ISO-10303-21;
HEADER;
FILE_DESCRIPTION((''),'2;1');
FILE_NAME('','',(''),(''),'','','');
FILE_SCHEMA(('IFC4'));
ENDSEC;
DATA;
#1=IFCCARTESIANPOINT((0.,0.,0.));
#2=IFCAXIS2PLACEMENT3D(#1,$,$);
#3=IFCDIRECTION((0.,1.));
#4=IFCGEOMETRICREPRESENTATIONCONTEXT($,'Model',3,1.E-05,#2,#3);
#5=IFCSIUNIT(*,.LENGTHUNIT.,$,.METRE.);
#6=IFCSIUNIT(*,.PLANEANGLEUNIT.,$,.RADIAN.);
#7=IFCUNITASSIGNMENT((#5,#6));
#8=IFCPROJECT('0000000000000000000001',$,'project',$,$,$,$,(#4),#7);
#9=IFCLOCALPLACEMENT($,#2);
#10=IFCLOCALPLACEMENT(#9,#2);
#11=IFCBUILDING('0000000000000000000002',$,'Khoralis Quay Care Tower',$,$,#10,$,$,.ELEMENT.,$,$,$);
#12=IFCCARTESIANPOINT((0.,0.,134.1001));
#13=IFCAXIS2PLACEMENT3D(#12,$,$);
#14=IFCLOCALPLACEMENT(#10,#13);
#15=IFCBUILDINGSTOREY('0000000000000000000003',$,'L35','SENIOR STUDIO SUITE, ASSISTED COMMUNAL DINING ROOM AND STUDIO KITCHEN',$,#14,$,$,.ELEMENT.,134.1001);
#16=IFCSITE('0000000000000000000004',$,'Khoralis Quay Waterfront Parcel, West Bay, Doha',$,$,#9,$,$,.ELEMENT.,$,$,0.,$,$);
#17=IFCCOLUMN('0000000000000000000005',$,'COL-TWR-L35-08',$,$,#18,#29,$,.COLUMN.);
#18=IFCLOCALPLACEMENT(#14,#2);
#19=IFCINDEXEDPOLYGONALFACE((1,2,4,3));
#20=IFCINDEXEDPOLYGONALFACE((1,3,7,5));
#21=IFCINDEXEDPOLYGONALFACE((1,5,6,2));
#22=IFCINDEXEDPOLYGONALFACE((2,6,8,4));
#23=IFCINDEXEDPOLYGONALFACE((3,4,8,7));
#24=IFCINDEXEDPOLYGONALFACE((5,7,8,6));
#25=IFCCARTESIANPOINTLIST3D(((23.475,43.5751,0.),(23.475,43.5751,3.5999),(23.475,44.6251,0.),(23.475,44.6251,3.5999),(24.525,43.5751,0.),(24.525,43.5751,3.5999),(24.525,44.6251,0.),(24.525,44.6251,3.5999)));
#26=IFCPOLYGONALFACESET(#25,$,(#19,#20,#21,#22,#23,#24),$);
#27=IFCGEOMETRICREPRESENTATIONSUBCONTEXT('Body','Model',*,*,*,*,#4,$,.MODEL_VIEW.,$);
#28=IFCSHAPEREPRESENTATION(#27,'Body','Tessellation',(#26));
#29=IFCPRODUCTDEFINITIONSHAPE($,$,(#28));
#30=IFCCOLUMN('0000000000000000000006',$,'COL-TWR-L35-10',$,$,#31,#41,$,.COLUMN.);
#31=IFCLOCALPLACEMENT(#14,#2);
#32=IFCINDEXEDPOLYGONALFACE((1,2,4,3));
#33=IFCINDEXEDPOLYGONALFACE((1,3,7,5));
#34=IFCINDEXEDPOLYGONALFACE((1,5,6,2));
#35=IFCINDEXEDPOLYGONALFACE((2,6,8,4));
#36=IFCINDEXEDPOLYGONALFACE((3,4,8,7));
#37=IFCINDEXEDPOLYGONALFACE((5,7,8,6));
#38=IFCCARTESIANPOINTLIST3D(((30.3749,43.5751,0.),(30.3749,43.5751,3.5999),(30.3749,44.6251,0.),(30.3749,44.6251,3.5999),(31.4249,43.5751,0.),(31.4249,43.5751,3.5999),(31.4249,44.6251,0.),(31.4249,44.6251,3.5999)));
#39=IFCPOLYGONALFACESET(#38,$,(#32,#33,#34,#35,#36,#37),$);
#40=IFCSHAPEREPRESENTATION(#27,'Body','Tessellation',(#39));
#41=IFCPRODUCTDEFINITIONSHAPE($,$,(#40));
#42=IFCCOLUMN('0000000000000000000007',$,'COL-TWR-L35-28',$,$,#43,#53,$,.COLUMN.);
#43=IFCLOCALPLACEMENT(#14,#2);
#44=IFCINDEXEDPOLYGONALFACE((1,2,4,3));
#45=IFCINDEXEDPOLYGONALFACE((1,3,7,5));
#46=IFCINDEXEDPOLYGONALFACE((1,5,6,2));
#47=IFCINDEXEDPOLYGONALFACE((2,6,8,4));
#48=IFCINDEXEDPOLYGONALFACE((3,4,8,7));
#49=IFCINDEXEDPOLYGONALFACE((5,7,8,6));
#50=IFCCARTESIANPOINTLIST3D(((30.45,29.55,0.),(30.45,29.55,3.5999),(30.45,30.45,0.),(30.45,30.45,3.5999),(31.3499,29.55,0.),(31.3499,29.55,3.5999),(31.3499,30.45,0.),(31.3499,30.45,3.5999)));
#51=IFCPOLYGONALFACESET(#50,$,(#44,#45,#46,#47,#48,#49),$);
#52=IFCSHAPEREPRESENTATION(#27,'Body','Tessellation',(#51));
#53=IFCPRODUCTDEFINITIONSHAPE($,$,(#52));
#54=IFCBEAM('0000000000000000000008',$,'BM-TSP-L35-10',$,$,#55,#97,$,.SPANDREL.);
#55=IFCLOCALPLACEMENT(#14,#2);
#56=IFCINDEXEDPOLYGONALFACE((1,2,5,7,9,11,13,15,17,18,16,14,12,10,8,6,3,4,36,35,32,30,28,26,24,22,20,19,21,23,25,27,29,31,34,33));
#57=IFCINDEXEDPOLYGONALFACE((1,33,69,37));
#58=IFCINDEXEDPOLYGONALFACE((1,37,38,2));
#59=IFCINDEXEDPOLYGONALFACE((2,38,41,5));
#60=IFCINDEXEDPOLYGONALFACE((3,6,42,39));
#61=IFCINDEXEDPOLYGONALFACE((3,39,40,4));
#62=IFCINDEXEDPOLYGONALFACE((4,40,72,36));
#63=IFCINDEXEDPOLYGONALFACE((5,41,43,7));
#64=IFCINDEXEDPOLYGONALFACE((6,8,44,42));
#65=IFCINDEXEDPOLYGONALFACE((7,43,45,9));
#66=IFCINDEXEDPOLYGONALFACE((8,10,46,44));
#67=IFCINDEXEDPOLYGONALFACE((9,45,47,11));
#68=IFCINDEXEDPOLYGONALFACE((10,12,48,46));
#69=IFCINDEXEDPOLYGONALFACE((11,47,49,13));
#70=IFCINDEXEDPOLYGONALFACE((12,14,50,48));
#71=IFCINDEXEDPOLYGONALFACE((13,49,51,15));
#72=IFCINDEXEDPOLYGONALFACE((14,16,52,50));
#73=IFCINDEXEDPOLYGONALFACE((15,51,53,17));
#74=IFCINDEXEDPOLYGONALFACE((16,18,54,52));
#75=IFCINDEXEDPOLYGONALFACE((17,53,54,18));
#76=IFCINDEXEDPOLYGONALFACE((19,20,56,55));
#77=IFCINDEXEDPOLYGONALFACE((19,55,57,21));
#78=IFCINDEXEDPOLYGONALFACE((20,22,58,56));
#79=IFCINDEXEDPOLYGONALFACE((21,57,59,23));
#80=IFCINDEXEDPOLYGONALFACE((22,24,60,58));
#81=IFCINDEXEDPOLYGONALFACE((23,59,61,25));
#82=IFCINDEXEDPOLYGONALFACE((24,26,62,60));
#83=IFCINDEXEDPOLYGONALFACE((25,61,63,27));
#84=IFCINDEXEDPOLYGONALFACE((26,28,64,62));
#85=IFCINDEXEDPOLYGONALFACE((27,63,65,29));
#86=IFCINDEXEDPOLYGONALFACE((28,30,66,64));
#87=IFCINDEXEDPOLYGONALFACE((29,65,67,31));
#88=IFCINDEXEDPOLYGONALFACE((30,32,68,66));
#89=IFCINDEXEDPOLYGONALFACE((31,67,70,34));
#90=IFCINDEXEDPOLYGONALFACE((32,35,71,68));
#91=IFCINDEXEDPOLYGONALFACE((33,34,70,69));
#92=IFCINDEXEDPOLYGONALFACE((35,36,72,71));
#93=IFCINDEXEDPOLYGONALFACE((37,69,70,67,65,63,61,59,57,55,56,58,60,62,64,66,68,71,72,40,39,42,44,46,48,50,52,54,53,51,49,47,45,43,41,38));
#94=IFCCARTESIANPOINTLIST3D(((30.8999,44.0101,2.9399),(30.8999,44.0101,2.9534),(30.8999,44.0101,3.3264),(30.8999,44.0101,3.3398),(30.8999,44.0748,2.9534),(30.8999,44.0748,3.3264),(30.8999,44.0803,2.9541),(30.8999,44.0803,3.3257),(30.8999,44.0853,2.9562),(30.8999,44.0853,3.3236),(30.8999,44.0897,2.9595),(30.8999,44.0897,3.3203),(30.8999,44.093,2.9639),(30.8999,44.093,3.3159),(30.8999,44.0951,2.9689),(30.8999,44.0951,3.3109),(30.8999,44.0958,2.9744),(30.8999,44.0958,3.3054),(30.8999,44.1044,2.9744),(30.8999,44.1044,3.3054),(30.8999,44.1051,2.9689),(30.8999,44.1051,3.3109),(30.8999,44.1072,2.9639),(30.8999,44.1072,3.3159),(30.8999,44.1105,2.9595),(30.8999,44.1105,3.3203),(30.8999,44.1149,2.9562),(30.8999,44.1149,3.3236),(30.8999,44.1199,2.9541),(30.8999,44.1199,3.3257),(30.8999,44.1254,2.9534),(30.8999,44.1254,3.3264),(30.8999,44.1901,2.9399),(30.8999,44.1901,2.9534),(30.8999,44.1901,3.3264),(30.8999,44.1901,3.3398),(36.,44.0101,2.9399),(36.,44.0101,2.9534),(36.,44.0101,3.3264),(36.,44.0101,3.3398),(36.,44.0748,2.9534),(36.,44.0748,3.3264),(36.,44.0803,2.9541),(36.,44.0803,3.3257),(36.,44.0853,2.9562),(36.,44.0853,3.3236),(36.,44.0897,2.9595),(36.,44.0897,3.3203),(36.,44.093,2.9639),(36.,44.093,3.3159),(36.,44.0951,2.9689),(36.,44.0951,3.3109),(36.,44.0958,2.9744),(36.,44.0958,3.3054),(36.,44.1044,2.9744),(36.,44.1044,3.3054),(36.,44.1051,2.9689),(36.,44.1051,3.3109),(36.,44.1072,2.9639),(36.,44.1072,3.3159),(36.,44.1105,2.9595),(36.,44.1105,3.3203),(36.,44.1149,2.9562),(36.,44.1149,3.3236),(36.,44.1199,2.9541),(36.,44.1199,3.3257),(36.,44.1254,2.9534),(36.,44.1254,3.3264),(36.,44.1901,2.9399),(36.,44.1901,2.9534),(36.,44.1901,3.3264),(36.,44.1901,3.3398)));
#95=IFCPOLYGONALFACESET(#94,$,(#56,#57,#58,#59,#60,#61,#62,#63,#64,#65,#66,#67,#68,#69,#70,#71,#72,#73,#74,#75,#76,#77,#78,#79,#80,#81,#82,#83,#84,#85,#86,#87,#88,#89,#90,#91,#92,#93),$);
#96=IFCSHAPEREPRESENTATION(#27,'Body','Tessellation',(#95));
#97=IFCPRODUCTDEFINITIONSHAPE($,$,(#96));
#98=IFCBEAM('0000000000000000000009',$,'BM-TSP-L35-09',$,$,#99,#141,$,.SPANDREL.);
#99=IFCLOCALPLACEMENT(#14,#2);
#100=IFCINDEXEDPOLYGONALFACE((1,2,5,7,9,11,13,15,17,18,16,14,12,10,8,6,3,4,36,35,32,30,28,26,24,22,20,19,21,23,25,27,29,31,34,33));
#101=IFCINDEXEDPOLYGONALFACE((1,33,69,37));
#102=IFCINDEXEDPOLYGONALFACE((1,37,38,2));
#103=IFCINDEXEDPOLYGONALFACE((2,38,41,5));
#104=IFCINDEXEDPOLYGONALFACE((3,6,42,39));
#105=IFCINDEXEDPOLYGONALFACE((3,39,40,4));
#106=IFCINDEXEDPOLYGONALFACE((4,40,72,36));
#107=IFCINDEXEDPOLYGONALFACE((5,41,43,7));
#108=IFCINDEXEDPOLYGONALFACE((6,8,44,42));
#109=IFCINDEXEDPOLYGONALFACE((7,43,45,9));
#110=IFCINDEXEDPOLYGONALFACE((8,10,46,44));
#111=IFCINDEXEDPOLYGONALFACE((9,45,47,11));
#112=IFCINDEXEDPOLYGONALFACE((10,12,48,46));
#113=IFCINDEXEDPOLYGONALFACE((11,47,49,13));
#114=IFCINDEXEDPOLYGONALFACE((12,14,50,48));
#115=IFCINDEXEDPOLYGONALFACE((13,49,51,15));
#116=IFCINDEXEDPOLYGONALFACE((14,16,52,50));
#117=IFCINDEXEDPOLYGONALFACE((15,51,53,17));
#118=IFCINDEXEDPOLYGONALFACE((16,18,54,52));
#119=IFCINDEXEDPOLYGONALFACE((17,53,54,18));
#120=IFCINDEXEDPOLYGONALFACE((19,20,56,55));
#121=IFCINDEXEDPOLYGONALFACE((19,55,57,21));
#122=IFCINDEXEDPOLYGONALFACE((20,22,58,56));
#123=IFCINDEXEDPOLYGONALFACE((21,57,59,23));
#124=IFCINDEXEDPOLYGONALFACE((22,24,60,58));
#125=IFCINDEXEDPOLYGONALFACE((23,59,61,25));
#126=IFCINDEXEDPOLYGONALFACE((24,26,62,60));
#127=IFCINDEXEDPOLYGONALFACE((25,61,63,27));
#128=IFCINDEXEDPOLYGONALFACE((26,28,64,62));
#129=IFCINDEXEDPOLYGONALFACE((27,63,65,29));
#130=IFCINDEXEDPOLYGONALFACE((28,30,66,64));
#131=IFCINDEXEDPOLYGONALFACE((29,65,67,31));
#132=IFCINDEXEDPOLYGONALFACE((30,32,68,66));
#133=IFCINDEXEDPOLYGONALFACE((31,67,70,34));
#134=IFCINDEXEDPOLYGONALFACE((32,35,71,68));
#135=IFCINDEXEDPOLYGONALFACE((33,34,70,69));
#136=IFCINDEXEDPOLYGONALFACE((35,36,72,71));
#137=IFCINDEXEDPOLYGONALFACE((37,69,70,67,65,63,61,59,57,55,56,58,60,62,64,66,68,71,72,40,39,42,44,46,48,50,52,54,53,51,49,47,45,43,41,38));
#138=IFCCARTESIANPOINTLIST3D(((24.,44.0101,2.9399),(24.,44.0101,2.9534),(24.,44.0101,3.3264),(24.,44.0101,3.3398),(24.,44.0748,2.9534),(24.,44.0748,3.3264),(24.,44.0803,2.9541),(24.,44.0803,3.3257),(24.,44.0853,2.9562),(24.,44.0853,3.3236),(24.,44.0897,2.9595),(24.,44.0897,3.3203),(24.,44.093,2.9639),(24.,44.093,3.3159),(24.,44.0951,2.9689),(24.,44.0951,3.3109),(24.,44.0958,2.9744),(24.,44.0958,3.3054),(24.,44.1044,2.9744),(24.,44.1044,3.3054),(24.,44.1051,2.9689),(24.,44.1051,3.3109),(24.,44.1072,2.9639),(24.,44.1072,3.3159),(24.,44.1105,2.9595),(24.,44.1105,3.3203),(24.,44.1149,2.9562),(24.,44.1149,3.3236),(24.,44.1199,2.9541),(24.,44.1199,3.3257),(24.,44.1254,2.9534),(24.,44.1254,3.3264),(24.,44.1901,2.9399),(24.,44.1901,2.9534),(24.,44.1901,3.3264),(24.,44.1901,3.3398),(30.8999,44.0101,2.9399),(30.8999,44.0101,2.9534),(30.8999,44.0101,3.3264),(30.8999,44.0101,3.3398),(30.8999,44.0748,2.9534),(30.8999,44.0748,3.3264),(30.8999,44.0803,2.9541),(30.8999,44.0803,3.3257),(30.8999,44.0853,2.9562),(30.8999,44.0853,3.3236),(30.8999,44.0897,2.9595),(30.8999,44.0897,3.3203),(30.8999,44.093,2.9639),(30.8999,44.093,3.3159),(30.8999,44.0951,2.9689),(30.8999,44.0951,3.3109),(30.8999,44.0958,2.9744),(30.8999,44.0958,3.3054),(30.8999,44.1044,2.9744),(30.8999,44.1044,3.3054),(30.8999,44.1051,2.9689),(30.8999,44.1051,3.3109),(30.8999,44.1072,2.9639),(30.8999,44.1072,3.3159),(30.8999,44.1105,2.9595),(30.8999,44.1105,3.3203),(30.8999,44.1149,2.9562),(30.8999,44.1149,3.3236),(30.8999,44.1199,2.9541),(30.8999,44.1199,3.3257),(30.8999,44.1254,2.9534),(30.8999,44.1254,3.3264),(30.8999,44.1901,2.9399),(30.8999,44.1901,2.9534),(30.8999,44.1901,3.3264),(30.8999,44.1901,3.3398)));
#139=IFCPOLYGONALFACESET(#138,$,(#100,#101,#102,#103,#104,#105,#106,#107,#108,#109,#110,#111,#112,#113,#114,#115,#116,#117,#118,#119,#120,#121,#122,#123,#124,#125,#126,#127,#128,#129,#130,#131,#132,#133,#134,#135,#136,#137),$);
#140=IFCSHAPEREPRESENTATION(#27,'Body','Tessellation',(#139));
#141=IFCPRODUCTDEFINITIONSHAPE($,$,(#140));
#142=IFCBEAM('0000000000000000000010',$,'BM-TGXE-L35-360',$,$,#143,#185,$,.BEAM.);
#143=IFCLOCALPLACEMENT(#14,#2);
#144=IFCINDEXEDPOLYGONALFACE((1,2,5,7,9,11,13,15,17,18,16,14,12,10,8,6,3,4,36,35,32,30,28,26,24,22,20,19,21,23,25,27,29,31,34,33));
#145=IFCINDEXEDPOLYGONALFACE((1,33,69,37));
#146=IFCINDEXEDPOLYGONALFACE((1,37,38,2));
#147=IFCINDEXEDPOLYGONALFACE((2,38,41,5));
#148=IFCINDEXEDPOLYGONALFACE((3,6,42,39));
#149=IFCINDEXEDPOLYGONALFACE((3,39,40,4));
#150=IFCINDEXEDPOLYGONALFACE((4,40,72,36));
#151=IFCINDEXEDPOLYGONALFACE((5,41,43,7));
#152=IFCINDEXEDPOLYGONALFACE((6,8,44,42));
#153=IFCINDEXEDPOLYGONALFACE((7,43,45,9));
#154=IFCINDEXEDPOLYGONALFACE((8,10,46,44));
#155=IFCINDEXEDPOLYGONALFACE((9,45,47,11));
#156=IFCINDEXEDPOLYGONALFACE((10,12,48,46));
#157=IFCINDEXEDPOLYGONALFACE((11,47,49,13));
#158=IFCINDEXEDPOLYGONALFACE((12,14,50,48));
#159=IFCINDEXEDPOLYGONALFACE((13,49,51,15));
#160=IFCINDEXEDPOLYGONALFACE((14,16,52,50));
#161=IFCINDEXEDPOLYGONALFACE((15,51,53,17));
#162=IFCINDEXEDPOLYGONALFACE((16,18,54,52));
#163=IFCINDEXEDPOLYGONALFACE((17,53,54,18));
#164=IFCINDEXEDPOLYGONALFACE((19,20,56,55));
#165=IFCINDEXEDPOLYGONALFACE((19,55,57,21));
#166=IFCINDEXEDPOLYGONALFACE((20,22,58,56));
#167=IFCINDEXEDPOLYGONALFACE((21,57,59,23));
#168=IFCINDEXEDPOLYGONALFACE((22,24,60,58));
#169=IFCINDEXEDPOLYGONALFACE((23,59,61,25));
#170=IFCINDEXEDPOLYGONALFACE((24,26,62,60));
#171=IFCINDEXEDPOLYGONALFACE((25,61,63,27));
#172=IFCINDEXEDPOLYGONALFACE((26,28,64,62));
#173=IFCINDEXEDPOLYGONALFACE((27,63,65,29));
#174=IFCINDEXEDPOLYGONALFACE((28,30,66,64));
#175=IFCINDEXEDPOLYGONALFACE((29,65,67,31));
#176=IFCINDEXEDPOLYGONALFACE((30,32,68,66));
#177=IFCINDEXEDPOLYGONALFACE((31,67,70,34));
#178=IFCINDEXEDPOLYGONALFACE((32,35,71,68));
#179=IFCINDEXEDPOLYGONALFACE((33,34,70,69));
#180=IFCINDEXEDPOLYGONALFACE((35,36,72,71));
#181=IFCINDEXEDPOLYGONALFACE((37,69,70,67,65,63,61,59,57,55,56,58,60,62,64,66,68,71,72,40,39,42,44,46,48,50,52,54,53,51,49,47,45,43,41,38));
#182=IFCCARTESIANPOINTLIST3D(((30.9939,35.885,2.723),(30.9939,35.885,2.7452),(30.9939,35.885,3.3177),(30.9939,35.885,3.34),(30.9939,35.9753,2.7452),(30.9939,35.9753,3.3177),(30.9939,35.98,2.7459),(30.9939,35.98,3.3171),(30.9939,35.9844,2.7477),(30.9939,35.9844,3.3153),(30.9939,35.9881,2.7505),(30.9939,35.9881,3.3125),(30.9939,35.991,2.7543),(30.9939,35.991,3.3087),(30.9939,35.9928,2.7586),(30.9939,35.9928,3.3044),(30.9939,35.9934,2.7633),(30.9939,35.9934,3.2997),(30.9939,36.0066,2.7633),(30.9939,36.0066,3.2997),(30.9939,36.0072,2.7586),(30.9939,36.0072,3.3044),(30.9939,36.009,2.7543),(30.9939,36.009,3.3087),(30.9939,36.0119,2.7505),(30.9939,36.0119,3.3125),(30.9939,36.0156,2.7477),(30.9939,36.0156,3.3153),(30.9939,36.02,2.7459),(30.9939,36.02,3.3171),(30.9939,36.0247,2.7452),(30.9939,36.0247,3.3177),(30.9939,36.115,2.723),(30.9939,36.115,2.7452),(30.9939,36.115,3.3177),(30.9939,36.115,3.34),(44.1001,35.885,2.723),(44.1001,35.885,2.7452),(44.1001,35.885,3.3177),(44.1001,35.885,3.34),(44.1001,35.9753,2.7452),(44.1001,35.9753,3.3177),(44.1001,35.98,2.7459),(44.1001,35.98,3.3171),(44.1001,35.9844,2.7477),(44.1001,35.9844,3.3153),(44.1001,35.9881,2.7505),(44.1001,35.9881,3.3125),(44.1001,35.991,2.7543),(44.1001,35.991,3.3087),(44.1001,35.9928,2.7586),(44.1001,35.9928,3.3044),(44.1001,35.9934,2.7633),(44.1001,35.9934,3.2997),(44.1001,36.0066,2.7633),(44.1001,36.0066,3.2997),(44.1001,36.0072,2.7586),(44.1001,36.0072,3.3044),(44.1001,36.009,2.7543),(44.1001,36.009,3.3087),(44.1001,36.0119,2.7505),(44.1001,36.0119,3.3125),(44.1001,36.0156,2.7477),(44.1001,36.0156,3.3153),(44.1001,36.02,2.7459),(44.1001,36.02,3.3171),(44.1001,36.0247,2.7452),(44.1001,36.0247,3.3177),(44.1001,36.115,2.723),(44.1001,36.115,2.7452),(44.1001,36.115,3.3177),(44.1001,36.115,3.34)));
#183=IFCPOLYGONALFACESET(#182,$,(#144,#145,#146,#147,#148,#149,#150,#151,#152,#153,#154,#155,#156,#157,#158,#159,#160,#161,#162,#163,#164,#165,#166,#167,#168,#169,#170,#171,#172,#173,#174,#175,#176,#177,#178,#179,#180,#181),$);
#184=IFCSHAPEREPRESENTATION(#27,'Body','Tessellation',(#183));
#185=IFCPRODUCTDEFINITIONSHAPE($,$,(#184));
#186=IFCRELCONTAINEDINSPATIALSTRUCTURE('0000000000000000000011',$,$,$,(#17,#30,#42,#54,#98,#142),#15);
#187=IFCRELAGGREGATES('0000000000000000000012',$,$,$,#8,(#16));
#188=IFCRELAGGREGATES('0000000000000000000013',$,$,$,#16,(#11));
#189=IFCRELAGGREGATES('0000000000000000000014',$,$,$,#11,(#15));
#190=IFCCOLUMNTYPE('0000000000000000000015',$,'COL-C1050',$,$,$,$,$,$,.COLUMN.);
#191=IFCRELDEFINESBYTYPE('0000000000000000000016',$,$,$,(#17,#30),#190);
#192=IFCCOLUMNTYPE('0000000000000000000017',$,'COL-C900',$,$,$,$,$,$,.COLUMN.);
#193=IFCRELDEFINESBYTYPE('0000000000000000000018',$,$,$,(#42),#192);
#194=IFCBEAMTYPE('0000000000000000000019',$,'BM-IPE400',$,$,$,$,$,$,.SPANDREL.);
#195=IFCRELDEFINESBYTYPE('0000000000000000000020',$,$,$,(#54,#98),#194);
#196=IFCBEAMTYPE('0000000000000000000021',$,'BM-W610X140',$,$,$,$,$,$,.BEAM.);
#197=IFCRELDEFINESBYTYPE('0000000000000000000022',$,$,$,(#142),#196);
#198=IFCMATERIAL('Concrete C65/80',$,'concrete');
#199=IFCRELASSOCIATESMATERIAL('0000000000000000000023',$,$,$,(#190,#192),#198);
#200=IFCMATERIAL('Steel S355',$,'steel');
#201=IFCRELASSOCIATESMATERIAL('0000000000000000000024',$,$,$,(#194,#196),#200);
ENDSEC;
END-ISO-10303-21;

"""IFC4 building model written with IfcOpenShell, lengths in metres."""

from ifc_helpers import new_model, si_unit, direction, frame, origin, origin_2d, place, context, subcontext, project, spatial, rectangle, i_section, extrude, source, transform, mapped, material, material_profile, profile_set, type_object, element, save


model = new_model("IFC4")

# Units and contexts
model_context = context("Model", 3, precision=1e-05, world=origin(), true_north=direction((0.0, 1.0)))
body_context = subcontext(model_context, "Body", "Model", "MODEL_VIEW")
ifc_project = project(units=[si_unit("LENGTHUNIT", "METRE"), si_unit("PLANEANGLEUNIT", "RADIAN")], contexts=[model_context])

# Site, building, storey
site_placement = place(None, origin())
site = spatial("IfcSite", under=ifc_project, at=site_placement, Name="Khoralis Quay Waterfront Parcel, West Bay, Doha", CompositionType="ELEMENT", RefElevation=0.0)
building_placement = place(site_placement, origin())
building = spatial("IfcBuilding", under=site, at=building_placement, Name="Khoralis Quay Care Tower", CompositionType="ELEMENT")
storey_placement = place(building_placement, frame((0.0, 0.0, 134.1001)))
storey = spatial("IfcBuildingStorey", under=building, at=storey_placement, Name="L35", Description="SENIOR STUDIO SUITE, ASSISTED COMMUNAL DINING ROOM AND STUDIO KITCHEN", CompositionType="ELEMENT", Elevation=134.1001)

# Columns
ifc_material_1 = material(Name="Concrete C65/80", Category="concrete")
ifc_material_profile_1 = material_profile(ifc_material_1, rectangle(XDim=1.05, YDim=1.05, at=origin_2d()), Name="Concrete C65/80")
ifc_profile_set_1 = profile_set([ifc_material_profile_1], Name="Concrete C65/80")
column_type_1 = type_object("IfcColumnType", Name="COL-C1050", PredefinedType="COLUMN", material=ifc_profile_set_1)
shared_shape_1 = source(origin(), body_context, "Body", "SweptSolid", [
    extrude(rectangle(XDim=1.05, YDim=1.05, at=origin_2d()), origin(), (0.0, 0.0, 1.0), 3.5999),
])
for number, where, z_axis, x_axis, name in (
    (1, (24.0, 44.1001, 0.0), (0.0, 0.0, 1.0), (1.0, 0.0, 0.0), "COL-TWR-L35-08"),
    (2, (30.8999, 44.1001, 0.0), (0.0, 0.0, 1.0), (1.0, 0.0, 0.0), "COL-TWR-L35-10"),
):
    element("IfcColumn", number, at=place(storey_placement, frame(where, z_axis=z_axis, x_axis=x_axis)), inside=storey, type_object=column_type_1, Name=name, PredefinedType="COLUMN", context=body_context, shape_type="MappedRepresentation", body=[
        mapped(shared_shape_1, transform((0.0, 0.0, 0.0), scale=1.0)),
    ])
ifc_material_profile_2 = material_profile(ifc_material_1, rectangle(XDim=0.8999, YDim=0.8999, at=origin_2d()), Name="Concrete C65/80")
ifc_profile_set_2 = profile_set([ifc_material_profile_2], Name="Concrete C65/80")
column_type_2 = type_object("IfcColumnType", Name="COL-C900", PredefinedType="COLUMN", material=ifc_profile_set_2)
shared_shape_2 = source(origin(), body_context, "Body", "SweptSolid", [
    extrude(rectangle(XDim=0.8999, YDim=0.8999, at=origin_2d()), origin(), (0.0, 0.0, 1.0), 3.5999),
])
column_placement = place(storey_placement, frame((30.8999, 30.0, 0.0), z_axis=(0.0, 0.0, 1.0), x_axis=(1.0, 0.0, 0.0)))
element("IfcColumn", 3, at=column_placement, inside=storey, type_object=column_type_2, Name="COL-TWR-L35-28", PredefinedType="COLUMN", context=body_context, shape_type="MappedRepresentation", body=[
    mapped(shared_shape_2, transform((0.0, 0.0, 0.0), scale=1.0)),
])

# Beams
ifc_material_2 = material(Name="Steel S355", Category="steel")
ifc_material_profile_3 = material_profile(ifc_material_2, i_section(OverallWidth=0.1799, OverallDepth=0.3999, WebThickness=0.0085, FlangeThickness=0.0134, FilletRadius=0.021, at=origin_2d()), Name="Steel S355")
ifc_profile_set_3 = profile_set([ifc_material_profile_3], Name="Steel S355")
beam_type_1 = type_object("IfcBeamType", Name="BM-IPE400", PredefinedType="SPANDREL", material=ifc_profile_set_3)
shared_shape_3 = source(origin(), body_context, "Body", "SweptSolid", [
    extrude(i_section(OverallWidth=0.1799, OverallDepth=0.3999, WebThickness=0.0085, FlangeThickness=0.0134, FilletRadius=0.021, at=origin_2d()), origin(), (0.0, 0.0, 1.0), 5.1001),
])
beam_1_placement = place(storey_placement, frame((30.8999, 44.1001, 3.1399), z_axis=(1.0, 0.0, 0.0), x_axis=(0.0, 1.0, 0.0)))
element("IfcBeam", 4, at=beam_1_placement, inside=storey, type_object=beam_type_1, Name="BM-TSP-L35-10", PredefinedType="SPANDREL", context=body_context, shape_type="MappedRepresentation", body=[
    mapped(shared_shape_3, transform((0.0, 0.0, 0.0), scale=1.0)),
])
shared_shape_4 = source(origin(), body_context, "Body", "SweptSolid", [
    extrude(i_section(OverallWidth=0.1799, OverallDepth=0.3999, WebThickness=0.0085, FlangeThickness=0.0134, FilletRadius=0.021, at=origin_2d()), origin(), (0.0, 0.0, 1.0), 6.8999),
])
beam_2_placement = place(storey_placement, frame((24.0, 44.1001, 3.1399), z_axis=(1.0, 0.0, 0.0), x_axis=(0.0, 1.0, 0.0)))
element("IfcBeam", 5, at=beam_2_placement, inside=storey, type_object=beam_type_1, Name="BM-TSP-L35-09", PredefinedType="SPANDREL", context=body_context, shape_type="MappedRepresentation", body=[
    mapped(shared_shape_4, transform((0.0, 0.0, 0.0), scale=1.0)),
])
ifc_material_profile_4 = material_profile(ifc_material_2, i_section(OverallWidth=0.23, OverallDepth=0.6169, WebThickness=0.0132, FlangeThickness=0.0222, FilletRadius=0.0181, at=origin_2d()), Name="Steel S355")
ifc_profile_set_4 = profile_set([ifc_material_profile_4], Name="Steel S355")
beam_type_2 = type_object("IfcBeamType", Name="BM-W610X140", PredefinedType="BEAM", material=ifc_profile_set_4)
shared_shape_5 = source(origin(), body_context, "Body", "SweptSolid", [
    extrude(i_section(OverallWidth=0.23, OverallDepth=0.6169, WebThickness=0.0132, FlangeThickness=0.0222, FilletRadius=0.0181, at=origin_2d()), origin(), (0.0, 0.0, 1.0), 13.1062),
])
beam_3_placement = place(storey_placement, frame((30.9939, 36.0, 3.0315), z_axis=(1.0, 0.0, 0.0), x_axis=(0.0, 1.0, 0.0)))
element("IfcBeam", 6, at=beam_3_placement, inside=storey, type_object=beam_type_2, Name="BM-TGXE-L35-360", PredefinedType="BEAM", context=body_context, shape_type="MappedRepresentation", body=[
    mapped(shared_shape_5, transform((0.0, 0.0, 0.0), scale=1.0)),
])

save(model, "model.ifc")
